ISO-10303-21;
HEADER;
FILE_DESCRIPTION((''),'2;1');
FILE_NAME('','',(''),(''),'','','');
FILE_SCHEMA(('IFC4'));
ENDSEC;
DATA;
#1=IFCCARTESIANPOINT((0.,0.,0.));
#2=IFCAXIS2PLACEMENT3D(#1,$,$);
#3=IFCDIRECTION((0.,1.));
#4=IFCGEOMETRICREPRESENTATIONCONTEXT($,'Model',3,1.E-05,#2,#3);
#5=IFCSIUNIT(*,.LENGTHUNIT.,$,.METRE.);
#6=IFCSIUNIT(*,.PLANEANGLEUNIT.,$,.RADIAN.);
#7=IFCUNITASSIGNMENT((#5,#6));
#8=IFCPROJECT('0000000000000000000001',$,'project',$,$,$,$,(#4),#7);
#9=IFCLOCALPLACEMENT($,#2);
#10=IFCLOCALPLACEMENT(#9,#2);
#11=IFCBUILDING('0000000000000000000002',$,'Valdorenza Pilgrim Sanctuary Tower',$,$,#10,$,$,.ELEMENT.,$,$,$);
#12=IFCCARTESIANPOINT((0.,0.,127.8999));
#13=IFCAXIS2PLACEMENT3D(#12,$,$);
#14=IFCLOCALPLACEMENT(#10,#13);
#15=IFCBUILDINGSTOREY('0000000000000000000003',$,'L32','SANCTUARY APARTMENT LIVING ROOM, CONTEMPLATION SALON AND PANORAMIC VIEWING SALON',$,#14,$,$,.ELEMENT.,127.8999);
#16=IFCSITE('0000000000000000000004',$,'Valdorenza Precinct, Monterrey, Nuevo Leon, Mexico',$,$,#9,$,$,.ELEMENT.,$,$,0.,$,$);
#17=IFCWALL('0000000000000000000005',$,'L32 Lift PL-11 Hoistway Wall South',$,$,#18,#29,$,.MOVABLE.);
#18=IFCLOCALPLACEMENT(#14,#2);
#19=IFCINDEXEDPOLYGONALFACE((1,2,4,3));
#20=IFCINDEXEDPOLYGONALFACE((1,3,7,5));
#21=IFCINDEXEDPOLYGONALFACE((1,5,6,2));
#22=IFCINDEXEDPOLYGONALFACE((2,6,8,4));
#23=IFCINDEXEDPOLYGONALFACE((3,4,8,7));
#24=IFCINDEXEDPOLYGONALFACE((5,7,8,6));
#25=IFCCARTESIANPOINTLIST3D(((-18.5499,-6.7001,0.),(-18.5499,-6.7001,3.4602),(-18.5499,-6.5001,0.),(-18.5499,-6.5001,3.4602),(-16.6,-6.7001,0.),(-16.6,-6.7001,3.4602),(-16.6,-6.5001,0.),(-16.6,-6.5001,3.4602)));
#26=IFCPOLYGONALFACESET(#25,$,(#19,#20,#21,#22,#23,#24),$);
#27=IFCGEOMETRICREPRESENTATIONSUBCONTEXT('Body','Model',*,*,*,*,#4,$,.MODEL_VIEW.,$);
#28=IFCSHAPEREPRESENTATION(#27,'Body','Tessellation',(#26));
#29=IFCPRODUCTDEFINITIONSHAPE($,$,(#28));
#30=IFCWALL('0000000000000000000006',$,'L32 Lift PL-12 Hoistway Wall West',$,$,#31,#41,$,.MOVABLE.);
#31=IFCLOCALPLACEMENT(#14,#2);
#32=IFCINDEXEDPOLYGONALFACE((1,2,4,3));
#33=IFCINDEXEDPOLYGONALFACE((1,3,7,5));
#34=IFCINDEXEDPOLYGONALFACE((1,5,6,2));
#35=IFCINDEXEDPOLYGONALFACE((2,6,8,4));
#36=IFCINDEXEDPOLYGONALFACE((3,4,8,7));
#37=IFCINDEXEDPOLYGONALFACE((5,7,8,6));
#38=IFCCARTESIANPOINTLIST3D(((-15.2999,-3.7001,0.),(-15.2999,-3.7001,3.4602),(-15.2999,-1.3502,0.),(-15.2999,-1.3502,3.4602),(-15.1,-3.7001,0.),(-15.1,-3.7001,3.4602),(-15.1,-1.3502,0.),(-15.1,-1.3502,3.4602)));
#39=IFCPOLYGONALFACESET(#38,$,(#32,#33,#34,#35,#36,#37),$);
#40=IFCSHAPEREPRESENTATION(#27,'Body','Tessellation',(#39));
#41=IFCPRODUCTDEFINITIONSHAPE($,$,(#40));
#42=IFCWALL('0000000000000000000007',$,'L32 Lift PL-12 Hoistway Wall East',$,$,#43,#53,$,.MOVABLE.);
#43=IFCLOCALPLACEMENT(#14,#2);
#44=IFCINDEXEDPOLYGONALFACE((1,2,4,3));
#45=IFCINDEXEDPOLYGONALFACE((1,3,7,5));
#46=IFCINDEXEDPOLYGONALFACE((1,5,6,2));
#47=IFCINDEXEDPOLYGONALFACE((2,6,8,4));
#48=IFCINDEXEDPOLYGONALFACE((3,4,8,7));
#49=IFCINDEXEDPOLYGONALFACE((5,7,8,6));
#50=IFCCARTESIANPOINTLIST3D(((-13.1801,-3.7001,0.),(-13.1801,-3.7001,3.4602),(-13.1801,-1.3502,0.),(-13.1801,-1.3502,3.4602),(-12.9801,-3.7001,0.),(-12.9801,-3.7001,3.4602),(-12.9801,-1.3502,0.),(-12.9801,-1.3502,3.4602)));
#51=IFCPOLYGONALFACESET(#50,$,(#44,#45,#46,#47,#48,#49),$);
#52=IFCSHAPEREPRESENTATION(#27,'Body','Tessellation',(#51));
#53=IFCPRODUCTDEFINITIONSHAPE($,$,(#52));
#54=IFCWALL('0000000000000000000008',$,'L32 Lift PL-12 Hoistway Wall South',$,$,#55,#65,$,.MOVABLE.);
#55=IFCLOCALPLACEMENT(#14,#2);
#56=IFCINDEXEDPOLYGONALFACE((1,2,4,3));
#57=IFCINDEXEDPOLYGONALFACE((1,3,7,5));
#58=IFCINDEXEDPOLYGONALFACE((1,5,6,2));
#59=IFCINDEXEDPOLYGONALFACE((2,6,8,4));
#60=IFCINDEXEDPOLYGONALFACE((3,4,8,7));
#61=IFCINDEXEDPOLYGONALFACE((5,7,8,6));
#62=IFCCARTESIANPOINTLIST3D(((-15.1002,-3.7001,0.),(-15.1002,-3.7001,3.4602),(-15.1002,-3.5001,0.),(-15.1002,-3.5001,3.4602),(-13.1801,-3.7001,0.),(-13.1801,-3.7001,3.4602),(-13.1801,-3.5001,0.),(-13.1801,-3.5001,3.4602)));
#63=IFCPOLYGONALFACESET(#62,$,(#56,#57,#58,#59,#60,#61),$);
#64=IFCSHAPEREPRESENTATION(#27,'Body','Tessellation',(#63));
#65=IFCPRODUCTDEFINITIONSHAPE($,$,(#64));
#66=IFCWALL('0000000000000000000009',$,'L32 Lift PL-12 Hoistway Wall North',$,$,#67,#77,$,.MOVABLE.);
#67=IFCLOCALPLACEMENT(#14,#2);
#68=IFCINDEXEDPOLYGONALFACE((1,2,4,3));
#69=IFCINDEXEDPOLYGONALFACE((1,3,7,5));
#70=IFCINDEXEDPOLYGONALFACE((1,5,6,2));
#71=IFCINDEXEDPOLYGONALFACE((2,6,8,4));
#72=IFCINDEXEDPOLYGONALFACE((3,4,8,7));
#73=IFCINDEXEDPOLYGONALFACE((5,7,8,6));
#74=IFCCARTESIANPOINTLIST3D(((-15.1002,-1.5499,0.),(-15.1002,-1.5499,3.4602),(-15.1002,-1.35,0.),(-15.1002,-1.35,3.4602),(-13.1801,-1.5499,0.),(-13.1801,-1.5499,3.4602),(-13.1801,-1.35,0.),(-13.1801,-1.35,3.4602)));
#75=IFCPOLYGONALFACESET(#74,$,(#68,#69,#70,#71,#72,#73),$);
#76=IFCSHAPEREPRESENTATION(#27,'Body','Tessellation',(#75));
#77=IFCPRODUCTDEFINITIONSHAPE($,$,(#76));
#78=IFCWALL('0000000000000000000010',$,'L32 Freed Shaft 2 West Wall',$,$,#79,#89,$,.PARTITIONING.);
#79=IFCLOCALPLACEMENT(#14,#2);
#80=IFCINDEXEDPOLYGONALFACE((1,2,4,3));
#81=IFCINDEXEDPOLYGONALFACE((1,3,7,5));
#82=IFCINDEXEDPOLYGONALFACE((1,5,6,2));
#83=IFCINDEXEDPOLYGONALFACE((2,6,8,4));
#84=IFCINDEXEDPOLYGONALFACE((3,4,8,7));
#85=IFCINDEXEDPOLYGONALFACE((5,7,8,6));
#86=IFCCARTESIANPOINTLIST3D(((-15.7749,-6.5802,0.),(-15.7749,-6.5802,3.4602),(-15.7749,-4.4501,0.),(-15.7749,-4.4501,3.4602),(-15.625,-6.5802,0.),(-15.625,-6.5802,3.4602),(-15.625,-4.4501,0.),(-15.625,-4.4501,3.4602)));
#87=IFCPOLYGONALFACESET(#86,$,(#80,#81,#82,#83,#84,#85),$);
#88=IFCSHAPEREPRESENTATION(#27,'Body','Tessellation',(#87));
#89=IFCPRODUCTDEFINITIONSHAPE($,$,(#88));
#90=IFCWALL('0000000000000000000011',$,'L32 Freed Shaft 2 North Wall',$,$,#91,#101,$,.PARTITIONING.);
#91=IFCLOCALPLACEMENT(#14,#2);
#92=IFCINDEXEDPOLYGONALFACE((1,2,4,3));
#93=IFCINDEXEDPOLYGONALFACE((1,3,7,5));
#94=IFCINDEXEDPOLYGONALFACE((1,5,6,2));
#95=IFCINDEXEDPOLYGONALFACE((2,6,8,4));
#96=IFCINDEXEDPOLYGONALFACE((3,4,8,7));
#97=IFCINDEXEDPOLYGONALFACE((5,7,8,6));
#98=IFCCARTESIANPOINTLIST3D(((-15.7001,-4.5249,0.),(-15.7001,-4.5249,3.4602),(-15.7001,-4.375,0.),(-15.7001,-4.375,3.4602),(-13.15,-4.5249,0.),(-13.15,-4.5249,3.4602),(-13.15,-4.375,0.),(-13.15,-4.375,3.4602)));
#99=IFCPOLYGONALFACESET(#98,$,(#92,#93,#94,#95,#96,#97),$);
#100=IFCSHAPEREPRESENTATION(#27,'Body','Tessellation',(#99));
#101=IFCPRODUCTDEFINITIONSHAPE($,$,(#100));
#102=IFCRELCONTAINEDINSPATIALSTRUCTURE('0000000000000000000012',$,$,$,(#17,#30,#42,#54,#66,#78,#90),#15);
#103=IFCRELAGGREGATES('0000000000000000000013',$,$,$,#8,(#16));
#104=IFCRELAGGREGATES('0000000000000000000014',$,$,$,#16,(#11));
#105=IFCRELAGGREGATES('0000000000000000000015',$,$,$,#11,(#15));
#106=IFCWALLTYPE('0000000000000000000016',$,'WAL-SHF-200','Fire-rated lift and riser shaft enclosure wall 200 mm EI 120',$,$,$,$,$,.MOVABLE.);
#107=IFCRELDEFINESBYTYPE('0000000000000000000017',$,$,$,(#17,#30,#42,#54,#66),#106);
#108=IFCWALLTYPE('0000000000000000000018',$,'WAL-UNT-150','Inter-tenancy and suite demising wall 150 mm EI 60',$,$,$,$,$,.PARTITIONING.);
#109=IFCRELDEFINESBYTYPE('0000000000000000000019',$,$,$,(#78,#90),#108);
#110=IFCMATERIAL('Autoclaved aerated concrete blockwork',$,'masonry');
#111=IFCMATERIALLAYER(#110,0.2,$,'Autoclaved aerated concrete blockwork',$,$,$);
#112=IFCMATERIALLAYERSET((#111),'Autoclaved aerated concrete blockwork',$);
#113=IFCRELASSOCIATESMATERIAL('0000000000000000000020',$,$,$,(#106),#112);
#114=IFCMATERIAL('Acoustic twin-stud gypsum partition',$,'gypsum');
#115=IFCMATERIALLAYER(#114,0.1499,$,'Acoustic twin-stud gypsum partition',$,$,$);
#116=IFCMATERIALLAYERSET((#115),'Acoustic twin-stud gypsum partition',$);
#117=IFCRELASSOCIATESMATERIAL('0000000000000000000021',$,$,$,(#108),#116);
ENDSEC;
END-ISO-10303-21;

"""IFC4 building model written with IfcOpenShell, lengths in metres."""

from ifc_helpers import new_model, si_unit, direction, frame, frame_2d, origin, place, context, subcontext, project, spatial, rectangle, extrude, material, layer, layer_set, type_object, element, save


model = new_model("IFC4")

# Units and contexts
model_context = context("Model", 3, precision=1e-05, world=origin(), true_north=direction((0.0, 1.0)))
body_context = subcontext(model_context, "Body", "Model", "MODEL_VIEW")
ifc_project = project(units=[si_unit("LENGTHUNIT", "METRE"), si_unit("PLANEANGLEUNIT", "RADIAN")], contexts=[model_context])

# Site, building, storey
site_placement = place(None, origin())
site = spatial("IfcSite", under=ifc_project, at=site_placement, Name="Valdorenza Precinct, Monterrey, Nuevo Leon, Mexico", CompositionType="ELEMENT", RefElevation=0.0)
building_placement = place(site_placement, origin())
building = spatial("IfcBuilding", under=site, at=building_placement, Name="Valdorenza Pilgrim Sanctuary Tower", CompositionType="ELEMENT")
storey_placement = place(building_placement, frame((0.0, 0.0, 127.8999)))
storey = spatial("IfcBuildingStorey", under=building, at=storey_placement, Name="L32", Description="SANCTUARY APARTMENT LIVING ROOM, CONTEMPLATION SALON AND PANORAMIC VIEWING SALON", CompositionType="ELEMENT", Elevation=127.8999)

# Shared definitions
ifc_material_1 = material(Name="Acoustic twin-stud gypsum partition", Category="gypsum")

# Shared definitions
ifc_material_2 = material(Name="Autoclaved aerated concrete blockwork", Category="masonry")
ifc_layer_1 = layer(ifc_material_2, 0.2, Name="Autoclaved aerated concrete blockwork")
ifc_layer_set_1 = layer_set([ifc_layer_1], Name="Autoclaved aerated concrete blockwork")
wall_type_1 = type_object("IfcWallType", Name="WAL-SHF-200", Description="Fire-rated lift and riser shaft enclosure wall 200 mm EI 120", PredefinedType="MOVABLE", material=ifc_layer_set_1)

# Walls
wall_1_placement = place(storey_placement, frame((-18.55, -6.6001, 0.0), z_axis=(0.0, 0.0, 1.0), x_axis=(1.0, 0.0, 0.0)))
element("IfcWall", 1, at=wall_1_placement, inside=storey, type_object=wall_type_1, Name="L32 Lift PL-11 Hoistway Wall South", PredefinedType="MOVABLE", context=body_context, shape_type="SweptSolid", body=[
    extrude(rectangle(XDim=1.95, YDim=0.2, at=frame_2d((0.9751, 0.0))), origin(), (0.0, 0.0, 1.0), 3.4602),
])
for number, where, z_axis, x_axis, name in (
    (2, (-15.2, -3.7, 0.0), (0.0, 0.0, 1.0), (0.0, 1.0, 0.0), "L32 Lift PL-12 Hoistway Wall West"),
    (3, (-13.0801, -3.7, 0.0), (0.0, 0.0, 1.0), (0.0, 1.0, 0.0), "L32 Lift PL-12 Hoistway Wall East"),
):
    element("IfcWall", number, at=place(storey_placement, frame(where, z_axis=z_axis, x_axis=x_axis)), inside=storey, type_object=wall_type_1, Name=name, PredefinedType="MOVABLE", context=body_context, shape_type="SweptSolid", body=[
        extrude(rectangle(XDim=2.3499, YDim=0.2, at=frame_2d((1.1748, 0.0))), origin(), (0.0, 0.0, 1.0), 3.4602),
    ])
for number, where, z_axis, x_axis, name in (
    (4, (-15.1001, -3.6001, 0.0), (0.0, 0.0, 1.0), (1.0, 0.0, 0.0), "L32 Lift PL-12 Hoistway Wall South"),
    (5, (-15.1001, -1.45, 0.0), (0.0, 0.0, 1.0), (1.0, 0.0, 0.0), "L32 Lift PL-12 Hoistway Wall North"),
):
    element("IfcWall", number, at=place(storey_placement, frame(where, z_axis=z_axis, x_axis=x_axis)), inside=storey, type_object=wall_type_1, Name=name, PredefinedType="MOVABLE", context=body_context, shape_type="SweptSolid", body=[
        extrude(rectangle(XDim=1.9202, YDim=0.2, at=frame_2d((0.96, 0.0))), origin(), (0.0, 0.0, 1.0), 3.4602),
    ])
ifc_layer_2 = layer(ifc_material_1, 0.1499, Name="Acoustic twin-stud gypsum partition")
ifc_layer_set_2 = layer_set([ifc_layer_2], Name="Acoustic twin-stud gypsum partition")
wall_type_2 = type_object("IfcWallType", Name="WAL-UNT-150", Description="Inter-tenancy and suite demising wall 150 mm EI 60", PredefinedType="PARTITIONING", material=ifc_layer_set_2)
wall_2_placement = place(storey_placement, frame((-15.7, -6.5801, 0.0), z_axis=(0.0, 0.0, 1.0), x_axis=(0.0, 1.0, 0.0)))
element("IfcWall", 6, at=wall_2_placement, inside=storey, type_object=wall_type_2, Name="L32 Freed Shaft 2 West Wall", PredefinedType="PARTITIONING", context=body_context, shape_type="SweptSolid", body=[
    extrude(rectangle(XDim=2.1301, YDim=0.1499, at=frame_2d((1.0649, 0.0))), origin(), (0.0, 0.0, 1.0), 3.4602),
])
wall_3_placement = place(storey_placement, frame((-15.7, -4.45, 0.0), z_axis=(0.0, 0.0, 1.0), x_axis=(1.0, 0.0, 0.0)))
element("IfcWall", 7, at=wall_3_placement, inside=storey, type_object=wall_type_2, Name="L32 Freed Shaft 2 North Wall", PredefinedType="PARTITIONING", context=body_context, shape_type="SweptSolid", body=[
    extrude(rectangle(XDim=2.55, YDim=0.1499, at=frame_2d((1.2749, 0.0))), origin(), (0.0, 0.0, 1.0), 3.4602),
])

save(model, "model.ifc")
